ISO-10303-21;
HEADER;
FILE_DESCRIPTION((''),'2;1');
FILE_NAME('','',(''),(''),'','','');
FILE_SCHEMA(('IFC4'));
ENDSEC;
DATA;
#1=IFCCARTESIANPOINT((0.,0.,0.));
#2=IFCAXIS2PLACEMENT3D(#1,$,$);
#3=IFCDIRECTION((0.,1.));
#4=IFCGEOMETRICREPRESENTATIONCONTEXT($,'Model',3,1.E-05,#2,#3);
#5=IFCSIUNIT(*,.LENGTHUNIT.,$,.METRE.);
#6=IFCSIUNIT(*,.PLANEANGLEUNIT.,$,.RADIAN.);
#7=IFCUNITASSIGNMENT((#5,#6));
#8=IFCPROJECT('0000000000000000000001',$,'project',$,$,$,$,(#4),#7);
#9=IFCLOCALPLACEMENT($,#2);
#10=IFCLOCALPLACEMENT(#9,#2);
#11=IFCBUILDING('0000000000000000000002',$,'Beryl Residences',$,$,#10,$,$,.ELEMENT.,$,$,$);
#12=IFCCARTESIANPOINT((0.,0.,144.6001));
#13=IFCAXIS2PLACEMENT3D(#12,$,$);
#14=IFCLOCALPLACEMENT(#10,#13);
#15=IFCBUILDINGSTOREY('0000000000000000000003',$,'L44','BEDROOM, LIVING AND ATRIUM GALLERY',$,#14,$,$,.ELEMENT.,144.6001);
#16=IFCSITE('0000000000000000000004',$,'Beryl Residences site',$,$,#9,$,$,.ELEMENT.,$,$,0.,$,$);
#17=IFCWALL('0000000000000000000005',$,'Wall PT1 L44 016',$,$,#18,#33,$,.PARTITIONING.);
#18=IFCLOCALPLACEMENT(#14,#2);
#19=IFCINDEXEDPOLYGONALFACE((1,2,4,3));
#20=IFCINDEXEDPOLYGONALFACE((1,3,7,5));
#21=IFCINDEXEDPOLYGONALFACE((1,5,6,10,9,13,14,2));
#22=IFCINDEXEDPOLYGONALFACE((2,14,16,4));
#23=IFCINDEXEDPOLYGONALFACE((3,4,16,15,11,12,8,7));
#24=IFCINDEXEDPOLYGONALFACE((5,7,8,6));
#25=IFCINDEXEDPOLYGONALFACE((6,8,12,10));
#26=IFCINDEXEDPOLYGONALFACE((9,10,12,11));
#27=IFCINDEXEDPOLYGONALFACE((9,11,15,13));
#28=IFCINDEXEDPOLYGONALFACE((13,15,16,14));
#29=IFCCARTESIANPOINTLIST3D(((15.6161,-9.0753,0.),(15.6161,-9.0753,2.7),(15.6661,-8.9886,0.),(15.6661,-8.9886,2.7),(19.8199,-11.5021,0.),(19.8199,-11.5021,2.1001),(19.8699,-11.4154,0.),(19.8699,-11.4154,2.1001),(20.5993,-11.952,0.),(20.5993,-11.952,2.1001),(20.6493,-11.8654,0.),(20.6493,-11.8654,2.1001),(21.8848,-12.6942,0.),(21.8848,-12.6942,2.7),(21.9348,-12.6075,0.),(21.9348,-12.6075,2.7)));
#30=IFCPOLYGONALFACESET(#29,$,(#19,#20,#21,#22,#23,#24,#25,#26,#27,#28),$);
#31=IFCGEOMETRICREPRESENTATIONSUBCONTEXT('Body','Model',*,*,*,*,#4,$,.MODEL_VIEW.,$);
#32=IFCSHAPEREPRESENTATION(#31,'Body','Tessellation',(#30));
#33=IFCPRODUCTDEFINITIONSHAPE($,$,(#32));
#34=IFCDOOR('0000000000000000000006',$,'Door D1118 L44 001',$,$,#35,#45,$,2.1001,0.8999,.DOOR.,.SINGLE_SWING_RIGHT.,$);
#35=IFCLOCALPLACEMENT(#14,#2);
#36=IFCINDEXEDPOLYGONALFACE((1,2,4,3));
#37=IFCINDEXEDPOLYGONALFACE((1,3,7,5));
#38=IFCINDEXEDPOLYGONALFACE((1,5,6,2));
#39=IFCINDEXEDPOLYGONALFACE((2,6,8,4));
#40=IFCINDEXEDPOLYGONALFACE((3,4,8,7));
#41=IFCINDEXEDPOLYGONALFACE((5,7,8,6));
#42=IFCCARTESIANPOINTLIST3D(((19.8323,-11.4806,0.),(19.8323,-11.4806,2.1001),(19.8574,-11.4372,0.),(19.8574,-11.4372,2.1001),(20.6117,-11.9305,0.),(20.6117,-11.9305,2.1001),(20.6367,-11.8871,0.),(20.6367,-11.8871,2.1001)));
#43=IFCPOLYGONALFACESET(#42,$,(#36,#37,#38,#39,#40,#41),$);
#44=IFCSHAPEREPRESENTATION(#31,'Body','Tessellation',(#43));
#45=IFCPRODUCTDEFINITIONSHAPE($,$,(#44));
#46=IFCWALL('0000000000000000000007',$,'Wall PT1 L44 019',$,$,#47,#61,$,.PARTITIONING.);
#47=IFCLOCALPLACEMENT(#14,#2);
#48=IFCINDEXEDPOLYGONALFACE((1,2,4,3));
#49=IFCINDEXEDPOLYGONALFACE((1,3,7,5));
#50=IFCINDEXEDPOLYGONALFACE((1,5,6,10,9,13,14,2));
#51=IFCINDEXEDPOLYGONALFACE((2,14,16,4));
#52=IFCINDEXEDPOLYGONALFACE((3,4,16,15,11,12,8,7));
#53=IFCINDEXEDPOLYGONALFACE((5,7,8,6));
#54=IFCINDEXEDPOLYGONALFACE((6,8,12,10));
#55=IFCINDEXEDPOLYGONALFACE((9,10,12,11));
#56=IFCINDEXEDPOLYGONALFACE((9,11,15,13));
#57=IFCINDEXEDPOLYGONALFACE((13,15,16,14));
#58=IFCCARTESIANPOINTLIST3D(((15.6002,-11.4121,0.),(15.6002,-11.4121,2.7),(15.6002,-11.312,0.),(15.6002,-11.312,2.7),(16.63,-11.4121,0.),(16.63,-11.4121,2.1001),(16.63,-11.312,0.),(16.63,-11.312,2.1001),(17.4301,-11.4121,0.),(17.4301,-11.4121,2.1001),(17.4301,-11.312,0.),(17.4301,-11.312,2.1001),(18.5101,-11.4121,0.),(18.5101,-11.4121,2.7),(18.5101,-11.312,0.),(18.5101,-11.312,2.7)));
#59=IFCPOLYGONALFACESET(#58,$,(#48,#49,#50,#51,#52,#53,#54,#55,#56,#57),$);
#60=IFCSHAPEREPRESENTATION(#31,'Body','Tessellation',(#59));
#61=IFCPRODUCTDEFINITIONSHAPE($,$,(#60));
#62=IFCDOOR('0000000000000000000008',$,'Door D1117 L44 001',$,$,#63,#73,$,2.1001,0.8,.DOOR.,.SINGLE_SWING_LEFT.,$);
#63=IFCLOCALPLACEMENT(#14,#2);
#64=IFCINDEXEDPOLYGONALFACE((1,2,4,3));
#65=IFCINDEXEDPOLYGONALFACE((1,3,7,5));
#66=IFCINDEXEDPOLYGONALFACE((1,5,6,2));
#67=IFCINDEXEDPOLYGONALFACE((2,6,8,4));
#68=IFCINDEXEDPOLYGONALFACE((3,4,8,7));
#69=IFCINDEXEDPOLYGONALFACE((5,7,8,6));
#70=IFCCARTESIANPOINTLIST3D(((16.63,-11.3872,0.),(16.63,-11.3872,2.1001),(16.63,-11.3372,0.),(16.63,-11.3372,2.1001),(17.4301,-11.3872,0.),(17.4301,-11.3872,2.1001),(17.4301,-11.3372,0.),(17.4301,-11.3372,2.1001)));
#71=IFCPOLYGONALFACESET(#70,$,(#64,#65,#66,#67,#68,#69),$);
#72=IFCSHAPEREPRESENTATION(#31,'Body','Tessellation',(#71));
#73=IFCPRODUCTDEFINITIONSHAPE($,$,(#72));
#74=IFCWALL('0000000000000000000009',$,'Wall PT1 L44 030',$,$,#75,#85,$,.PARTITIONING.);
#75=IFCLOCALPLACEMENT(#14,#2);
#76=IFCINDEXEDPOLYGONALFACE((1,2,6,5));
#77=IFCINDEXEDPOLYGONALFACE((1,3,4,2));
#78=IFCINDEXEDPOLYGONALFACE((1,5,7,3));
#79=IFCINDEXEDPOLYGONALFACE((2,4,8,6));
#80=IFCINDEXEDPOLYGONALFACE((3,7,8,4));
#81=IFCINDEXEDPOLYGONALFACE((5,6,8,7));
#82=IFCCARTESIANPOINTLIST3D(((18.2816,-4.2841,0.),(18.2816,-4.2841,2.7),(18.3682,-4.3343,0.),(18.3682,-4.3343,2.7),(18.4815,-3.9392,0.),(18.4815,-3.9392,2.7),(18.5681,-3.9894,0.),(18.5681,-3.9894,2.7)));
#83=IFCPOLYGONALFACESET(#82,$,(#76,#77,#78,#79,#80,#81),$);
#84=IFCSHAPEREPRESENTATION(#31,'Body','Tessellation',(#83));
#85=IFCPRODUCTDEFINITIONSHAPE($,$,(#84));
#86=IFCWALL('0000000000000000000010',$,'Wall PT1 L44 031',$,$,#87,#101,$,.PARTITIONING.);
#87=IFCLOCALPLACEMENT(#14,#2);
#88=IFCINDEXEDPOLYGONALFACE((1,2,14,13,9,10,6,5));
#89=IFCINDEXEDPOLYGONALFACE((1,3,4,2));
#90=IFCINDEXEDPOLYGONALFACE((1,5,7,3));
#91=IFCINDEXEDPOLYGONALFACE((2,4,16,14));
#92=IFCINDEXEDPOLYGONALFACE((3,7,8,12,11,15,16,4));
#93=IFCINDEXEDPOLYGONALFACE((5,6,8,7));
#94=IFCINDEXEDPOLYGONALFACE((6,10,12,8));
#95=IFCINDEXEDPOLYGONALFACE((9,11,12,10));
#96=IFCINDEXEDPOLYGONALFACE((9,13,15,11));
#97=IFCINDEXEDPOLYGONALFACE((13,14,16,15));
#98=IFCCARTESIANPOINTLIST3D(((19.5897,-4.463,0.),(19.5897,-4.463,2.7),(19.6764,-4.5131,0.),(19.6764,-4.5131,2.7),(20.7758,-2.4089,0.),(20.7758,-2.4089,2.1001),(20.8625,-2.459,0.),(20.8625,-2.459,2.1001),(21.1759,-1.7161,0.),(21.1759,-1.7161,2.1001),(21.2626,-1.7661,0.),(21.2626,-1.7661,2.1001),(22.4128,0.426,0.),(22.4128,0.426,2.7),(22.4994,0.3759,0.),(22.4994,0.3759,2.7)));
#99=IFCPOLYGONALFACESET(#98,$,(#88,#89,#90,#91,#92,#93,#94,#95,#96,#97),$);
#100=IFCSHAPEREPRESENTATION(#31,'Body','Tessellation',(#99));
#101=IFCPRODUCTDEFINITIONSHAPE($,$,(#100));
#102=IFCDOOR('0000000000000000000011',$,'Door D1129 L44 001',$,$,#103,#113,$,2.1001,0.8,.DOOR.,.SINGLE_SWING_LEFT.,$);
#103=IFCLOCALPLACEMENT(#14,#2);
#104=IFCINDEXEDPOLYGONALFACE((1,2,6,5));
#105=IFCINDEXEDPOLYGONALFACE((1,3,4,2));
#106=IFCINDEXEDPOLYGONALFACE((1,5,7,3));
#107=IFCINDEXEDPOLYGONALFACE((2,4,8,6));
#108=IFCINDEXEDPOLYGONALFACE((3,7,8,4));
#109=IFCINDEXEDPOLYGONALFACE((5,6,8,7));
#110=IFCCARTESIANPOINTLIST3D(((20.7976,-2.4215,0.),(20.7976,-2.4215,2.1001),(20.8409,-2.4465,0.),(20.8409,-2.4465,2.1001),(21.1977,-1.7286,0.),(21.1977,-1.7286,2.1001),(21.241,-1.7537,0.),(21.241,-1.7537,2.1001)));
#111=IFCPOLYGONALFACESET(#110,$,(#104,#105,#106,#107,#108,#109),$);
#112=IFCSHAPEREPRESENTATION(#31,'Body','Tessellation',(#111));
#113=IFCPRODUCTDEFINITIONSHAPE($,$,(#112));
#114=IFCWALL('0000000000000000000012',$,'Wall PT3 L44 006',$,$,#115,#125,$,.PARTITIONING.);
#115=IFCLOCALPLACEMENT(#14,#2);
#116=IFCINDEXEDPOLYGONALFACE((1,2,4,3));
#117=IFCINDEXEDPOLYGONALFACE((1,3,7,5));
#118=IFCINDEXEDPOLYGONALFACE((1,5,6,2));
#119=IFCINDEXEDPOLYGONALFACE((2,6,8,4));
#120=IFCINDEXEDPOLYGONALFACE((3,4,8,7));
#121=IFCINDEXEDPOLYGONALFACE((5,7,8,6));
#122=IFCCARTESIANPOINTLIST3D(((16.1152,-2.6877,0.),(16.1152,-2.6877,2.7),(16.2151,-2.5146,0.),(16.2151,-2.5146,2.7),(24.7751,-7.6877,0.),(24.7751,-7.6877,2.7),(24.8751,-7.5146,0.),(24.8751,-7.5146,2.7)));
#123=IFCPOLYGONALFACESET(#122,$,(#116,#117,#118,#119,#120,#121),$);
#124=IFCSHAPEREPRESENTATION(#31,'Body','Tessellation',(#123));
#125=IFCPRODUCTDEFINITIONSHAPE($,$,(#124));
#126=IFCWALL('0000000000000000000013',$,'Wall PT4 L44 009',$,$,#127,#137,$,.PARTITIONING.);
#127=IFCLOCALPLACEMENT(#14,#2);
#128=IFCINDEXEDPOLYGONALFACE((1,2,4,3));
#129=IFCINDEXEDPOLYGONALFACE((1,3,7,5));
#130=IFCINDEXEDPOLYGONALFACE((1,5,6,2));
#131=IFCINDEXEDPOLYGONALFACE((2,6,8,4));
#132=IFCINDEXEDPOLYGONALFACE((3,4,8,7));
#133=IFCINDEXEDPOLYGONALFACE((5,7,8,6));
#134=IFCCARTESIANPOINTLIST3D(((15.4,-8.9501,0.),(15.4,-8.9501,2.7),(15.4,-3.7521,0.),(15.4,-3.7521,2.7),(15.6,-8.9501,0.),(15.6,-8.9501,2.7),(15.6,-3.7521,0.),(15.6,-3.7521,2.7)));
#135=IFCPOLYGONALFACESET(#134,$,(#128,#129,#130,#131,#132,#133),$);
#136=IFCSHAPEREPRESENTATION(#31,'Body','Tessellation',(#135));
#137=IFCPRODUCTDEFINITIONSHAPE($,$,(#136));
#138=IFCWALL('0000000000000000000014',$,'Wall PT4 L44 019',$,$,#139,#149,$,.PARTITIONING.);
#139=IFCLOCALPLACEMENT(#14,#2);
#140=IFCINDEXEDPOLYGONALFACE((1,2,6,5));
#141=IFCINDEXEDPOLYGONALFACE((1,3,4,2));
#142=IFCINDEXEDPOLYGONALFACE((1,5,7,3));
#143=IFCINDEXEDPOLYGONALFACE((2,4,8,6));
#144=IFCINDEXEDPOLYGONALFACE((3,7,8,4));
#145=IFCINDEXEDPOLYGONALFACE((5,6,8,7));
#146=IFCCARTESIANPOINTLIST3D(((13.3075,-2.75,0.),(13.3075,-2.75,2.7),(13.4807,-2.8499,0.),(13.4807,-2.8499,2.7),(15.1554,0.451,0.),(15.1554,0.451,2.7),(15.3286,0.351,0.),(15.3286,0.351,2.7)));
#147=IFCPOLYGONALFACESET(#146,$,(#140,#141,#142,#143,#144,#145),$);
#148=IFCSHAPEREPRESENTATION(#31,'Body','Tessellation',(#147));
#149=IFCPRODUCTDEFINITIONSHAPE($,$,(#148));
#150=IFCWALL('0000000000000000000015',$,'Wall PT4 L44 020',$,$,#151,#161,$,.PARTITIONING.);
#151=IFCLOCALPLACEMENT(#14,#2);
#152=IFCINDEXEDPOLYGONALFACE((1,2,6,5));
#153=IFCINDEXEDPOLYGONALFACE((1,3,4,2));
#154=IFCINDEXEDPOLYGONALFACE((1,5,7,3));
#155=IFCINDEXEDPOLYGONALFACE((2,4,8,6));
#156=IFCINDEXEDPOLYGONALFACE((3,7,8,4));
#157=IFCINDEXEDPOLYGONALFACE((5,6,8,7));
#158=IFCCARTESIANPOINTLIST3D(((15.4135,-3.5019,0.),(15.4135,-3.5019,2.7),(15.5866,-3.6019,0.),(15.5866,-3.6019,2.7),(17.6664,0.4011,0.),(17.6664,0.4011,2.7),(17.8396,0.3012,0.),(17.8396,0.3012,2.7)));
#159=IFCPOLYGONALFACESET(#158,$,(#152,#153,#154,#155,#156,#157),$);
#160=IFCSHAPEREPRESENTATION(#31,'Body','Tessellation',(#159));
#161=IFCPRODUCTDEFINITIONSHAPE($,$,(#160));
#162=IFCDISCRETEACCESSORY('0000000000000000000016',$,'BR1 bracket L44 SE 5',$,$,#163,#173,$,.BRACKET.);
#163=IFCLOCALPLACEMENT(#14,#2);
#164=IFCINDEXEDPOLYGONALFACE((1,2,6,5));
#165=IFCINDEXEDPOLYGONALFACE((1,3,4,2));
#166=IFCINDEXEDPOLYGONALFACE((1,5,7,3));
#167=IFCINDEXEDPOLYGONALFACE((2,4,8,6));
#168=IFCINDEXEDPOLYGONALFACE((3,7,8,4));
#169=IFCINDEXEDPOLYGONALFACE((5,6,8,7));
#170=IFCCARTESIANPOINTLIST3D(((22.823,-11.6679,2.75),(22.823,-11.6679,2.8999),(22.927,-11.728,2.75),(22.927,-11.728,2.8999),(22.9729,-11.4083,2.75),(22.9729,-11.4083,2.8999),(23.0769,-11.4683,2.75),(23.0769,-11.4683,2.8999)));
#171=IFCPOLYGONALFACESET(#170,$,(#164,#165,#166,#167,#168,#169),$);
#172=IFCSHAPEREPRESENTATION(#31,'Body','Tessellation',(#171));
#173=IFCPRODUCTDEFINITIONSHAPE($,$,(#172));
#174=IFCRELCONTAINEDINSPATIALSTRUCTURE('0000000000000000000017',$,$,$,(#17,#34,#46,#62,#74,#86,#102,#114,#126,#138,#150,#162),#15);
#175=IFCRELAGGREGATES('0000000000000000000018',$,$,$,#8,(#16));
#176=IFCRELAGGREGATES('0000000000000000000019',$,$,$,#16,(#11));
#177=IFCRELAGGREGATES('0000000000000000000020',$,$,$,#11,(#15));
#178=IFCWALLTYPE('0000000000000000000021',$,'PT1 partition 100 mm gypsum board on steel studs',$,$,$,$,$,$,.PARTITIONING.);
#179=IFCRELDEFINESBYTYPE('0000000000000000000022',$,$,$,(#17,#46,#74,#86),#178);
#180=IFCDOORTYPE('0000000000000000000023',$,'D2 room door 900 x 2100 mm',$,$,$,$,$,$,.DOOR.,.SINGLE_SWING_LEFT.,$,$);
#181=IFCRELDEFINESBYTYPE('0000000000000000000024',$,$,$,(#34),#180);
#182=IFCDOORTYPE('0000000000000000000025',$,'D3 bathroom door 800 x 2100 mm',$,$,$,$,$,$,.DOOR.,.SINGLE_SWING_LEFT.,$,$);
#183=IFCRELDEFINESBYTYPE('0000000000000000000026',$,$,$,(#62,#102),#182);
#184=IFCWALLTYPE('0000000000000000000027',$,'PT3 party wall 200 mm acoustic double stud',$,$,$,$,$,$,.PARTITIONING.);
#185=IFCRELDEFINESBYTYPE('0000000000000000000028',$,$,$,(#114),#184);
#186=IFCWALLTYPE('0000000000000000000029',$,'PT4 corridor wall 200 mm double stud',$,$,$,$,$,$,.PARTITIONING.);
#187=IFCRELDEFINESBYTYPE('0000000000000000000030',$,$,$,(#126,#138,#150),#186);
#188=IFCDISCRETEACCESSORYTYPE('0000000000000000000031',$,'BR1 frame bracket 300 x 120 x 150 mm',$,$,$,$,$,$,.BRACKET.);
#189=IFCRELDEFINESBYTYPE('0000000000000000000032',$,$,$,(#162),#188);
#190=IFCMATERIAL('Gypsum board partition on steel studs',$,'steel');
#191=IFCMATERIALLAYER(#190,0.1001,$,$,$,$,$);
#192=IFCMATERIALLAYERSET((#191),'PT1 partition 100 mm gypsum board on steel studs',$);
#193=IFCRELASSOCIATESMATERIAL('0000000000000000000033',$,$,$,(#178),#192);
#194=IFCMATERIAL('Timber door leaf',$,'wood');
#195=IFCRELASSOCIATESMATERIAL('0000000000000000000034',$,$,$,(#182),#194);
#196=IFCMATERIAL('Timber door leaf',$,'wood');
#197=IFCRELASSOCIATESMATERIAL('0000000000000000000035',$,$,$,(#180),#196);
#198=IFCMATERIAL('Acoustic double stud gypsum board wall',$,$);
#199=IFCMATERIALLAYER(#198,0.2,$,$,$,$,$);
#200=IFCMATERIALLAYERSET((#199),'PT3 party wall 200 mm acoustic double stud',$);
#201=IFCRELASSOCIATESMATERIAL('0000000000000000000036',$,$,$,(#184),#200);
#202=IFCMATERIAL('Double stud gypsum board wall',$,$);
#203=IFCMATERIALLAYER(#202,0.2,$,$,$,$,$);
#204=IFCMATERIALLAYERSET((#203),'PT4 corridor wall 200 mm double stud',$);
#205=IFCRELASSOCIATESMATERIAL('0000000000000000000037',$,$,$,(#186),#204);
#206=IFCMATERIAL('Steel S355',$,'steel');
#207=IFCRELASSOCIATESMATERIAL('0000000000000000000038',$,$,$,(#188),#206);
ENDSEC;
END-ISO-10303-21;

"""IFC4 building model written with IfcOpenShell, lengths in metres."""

from ifc_helpers import new_model, si_unit, direction, frame, frame_2d, origin, place, context, subcontext, project, spatial, polyline, rectangle, outline, extrude, source, transform, mapped, material, layer, layer_set, type_object, type_shapes, element, fill, save


model = new_model("IFC4")

# Units and contexts
model_context = context("Model", 3, precision=1e-05, world=origin(), true_north=direction((0.0, 1.0)))
body_context = subcontext(model_context, "Body", "Model", "MODEL_VIEW")
ifc_project = project(units=[si_unit("LENGTHUNIT", "METRE"), si_unit("PLANEANGLEUNIT", "RADIAN")], contexts=[model_context])

# Site, building, storey
site_placement = place(None, origin())
site = spatial("IfcSite", under=ifc_project, at=site_placement, Name="Beryl Residences site", CompositionType="ELEMENT", RefElevation=0.0)
building_placement = place(site_placement, origin())
building = spatial("IfcBuilding", under=site, at=building_placement, Name="Beryl Residences", CompositionType="ELEMENT")
storey_placement = place(building_placement, frame((0.0, 0.0, 144.6001)))
storey = spatial("IfcBuildingStorey", under=building, at=storey_placement, Name="L44", Description="BEDROOM, LIVING AND ATRIUM GALLERY", CompositionType="ELEMENT", Elevation=144.6001)

# Walls, openings, doors
ifc_material_1 = material(Name="Gypsum board partition on steel studs", Category="steel")
ifc_layer_1 = layer(ifc_material_1, 0.1001)
ifc_layer_set_1 = layer_set([ifc_layer_1], Name="PT1 partition 100 mm gypsum board on steel studs")
wall_type_1 = type_object("IfcWallType", Name="PT1 partition 100 mm gypsum board on steel studs", PredefinedType="PARTITIONING", material=ifc_layer_set_1)
ifc_material_2 = material(Name="Timber door leaf", Category="wood")
door_type_1 = type_object("IfcDoorType", Name="D3 bathroom door 800 x 2100 mm", OperationType="SINGLE_SWING_LEFT", PredefinedType="DOOR", material=ifc_material_2)
wall_1_placement = place(storey_placement, frame((15.6411, -9.032, 0.0), z_axis=(0.0, 0.0, 1.0), x_axis=(0.866049, -0.499959, 0.0)))
wall_1 = element("IfcWall", 1, at=wall_1_placement, inside=storey, type_object=wall_type_1, Name="Wall PT1 L44 016", PredefinedType="PARTITIONING", context=body_context, shape_type="SweptSolid", body=[
    extrude(rectangle(XDim=7.2383, YDim=0.1001, at=frame_2d((3.6191, 0.0))), origin(), (0.0, 0.0, 1.0), 2.7),
])
opening_1_placement = place(wall_1_placement, frame((4.854, 0.0, 0.0)))
opening_1 = element("IfcOpeningElement", 2, at=opening_1_placement, cuts=wall_1, PredefinedType="OPENING", context=body_context, shape_type="SweptSolid", body=[
    extrude(rectangle(XDim=0.8999, YDim=2.1001, at=frame_2d((0.45, 1.05))), frame((0.0, 0.0601, 0.0), z_axis=(0.0, -1.0, 0.0), x_axis=(1.0, 0.0, 0.0)), (0.0, 0.0, 1.0), 0.1201),
])
ifc_material_3 = material(Name="Timber door leaf", Category="wood")
door_type_2 = type_object("IfcDoorType", Name="D2 room door 900 x 2100 mm", OperationType="SINGLE_SWING_LEFT", PredefinedType="DOOR", material=ifc_material_3)
door_1_placement = place(opening_1_placement, origin())
door_1 = element("IfcDoor", 3, at=door_1_placement, inside=storey, type_object=door_type_2, Name="Door D1118 L44 001", OperationType="SINGLE_SWING_RIGHT", OverallHeight=2.1001, OverallWidth=0.8999, PredefinedType="DOOR", context=body_context, shape_type="SweptSolid", body=[
    extrude(rectangle(XDim=0.8999, YDim=2.1001, at=frame_2d((0.45, 1.05))), frame((0.0, 0.0249, 0.0), z_axis=(0.0, -1.0, 0.0), x_axis=(1.0, 0.0, 0.0)), (0.0, 0.0, 1.0), 0.05),
])
fill(opening_1, door_1)
wall_2_placement = place(storey_placement, frame((15.6001, -11.3621, 0.0), z_axis=(0.0, 0.0, 1.0), x_axis=(1.0, 0.0, 0.0)))
wall_2 = element("IfcWall", 4, at=wall_2_placement, inside=storey, type_object=wall_type_1, Name="Wall PT1 L44 019", PredefinedType="PARTITIONING", context=body_context, shape_type="SweptSolid", body=[
    extrude(rectangle(XDim=2.9099, YDim=0.1001, at=frame_2d((1.4551, 0.0))), origin(), (0.0, 0.0, 1.0), 2.7),
])
opening_2_placement = place(wall_2_placement, frame((1.03, 0.0, 0.0)))
opening_2 = element("IfcOpeningElement", 5, at=opening_2_placement, cuts=wall_2, PredefinedType="OPENING", context=body_context, shape_type="SweptSolid", body=[
    extrude(rectangle(XDim=0.8, YDim=2.1001, at=frame_2d((0.3999, 1.05))), frame((0.0, 0.0601, 0.0), z_axis=(0.0, -1.0, 0.0), x_axis=(1.0, 0.0, 0.0)), (0.0, 0.0, 1.0), 0.1201),
])
door_2_placement = place(opening_2_placement, origin())
door_2 = element("IfcDoor", 6, at=door_2_placement, inside=storey, type_object=door_type_1, Name="Door D1117 L44 001", OperationType="SINGLE_SWING_LEFT", OverallHeight=2.1001, OverallWidth=0.8, PredefinedType="DOOR", context=body_context, shape_type="SweptSolid", body=[
    extrude(rectangle(XDim=0.8, YDim=2.1001, at=frame_2d((0.3999, 1.05))), frame((0.0, 0.0249, 0.0), z_axis=(0.0, -1.0, 0.0), x_axis=(1.0, 0.0, 0.0)), (0.0, 0.0, 1.0), 0.05),
])
fill(opening_2, door_2)

# Wall
wall_3_placement = place(storey_placement, frame((18.325, -4.3091, 0.0), z_axis=(0.0, 0.0, 1.0), x_axis=(0.501471, 0.865175, 0.0)))
element("IfcWall", 7, at=wall_3_placement, inside=storey, type_object=wall_type_1, Name="Wall PT1 L44 030", PredefinedType="PARTITIONING", context=body_context, shape_type="SweptSolid", body=[
    extrude(rectangle(XDim=0.3987, YDim=0.1001, at=frame_2d((0.1992, 0.0))), origin(), (0.0, 0.0, 1.0), 2.7),
])

# Wall, opening, door
wall_4_placement = place(storey_placement, frame((19.6331, -4.488, 0.0), z_axis=(0.0, 0.0, 1.0), x_axis=(0.500051, 0.865996, 0.0)))
wall_4 = element("IfcWall", 8, at=wall_4_placement, inside=storey, type_object=wall_type_1, Name="Wall PT1 L44 031", PredefinedType="PARTITIONING", context=body_context, shape_type="SweptSolid", body=[
    extrude(rectangle(XDim=5.6455, YDim=0.1001, at=frame_2d((2.8228, 0.0))), origin(), (0.0, 0.0, 1.0), 2.7),
])
opening_3_placement = place(wall_4_placement, frame((2.3721, 0.0, 0.0)))
opening_3 = element("IfcOpeningElement", 9, at=opening_3_placement, cuts=wall_4, PredefinedType="OPENING", context=body_context, shape_type="SweptSolid", body=[
    extrude(rectangle(XDim=0.8, YDim=2.1001, at=frame_2d((0.3999, 1.05))), frame((0.0, 0.0601, 0.0), z_axis=(0.0, -1.0, 0.0), x_axis=(1.0, 0.0, 0.0)), (0.0, 0.0, 1.0), 0.1201),
])
door_3_placement = place(opening_3_placement, origin())
door_3 = element("IfcDoor", 10, at=door_3_placement, inside=storey, type_object=door_type_1, Name="Door D1129 L44 001", OperationType="SINGLE_SWING_LEFT", OverallHeight=2.1001, OverallWidth=0.8, PredefinedType="DOOR", context=body_context, shape_type="SweptSolid", body=[
    extrude(rectangle(XDim=0.8, YDim=2.1001, at=frame_2d((0.3999, 1.05))), frame((0.0, 0.0249, 0.0), z_axis=(0.0, -1.0, 0.0), x_axis=(1.0, 0.0, 0.0)), (0.0, 0.0, 1.0), 0.05),
])
fill(opening_3, door_3)

# Walls
ifc_material_4 = material(Name="Acoustic double stud gypsum board wall")
ifc_layer_2 = layer(ifc_material_4, 0.2)
ifc_layer_set_2 = layer_set([ifc_layer_2], Name="PT3 party wall 200 mm acoustic double stud")
wall_type_2 = type_object("IfcWallType", Name="PT3 party wall 200 mm acoustic double stud", PredefinedType="PARTITIONING", material=ifc_layer_set_2)
wall_5_placement = place(storey_placement, frame((16.165, -2.6011, 0.0), z_axis=(0.0, 0.0, 1.0), x_axis=(0.866017, -0.500015, 0.0)))
element("IfcWall", 11, at=wall_5_placement, inside=storey, type_object=wall_type_2, Name="Wall PT3 L44 006", PredefinedType="PARTITIONING", context=body_context, shape_type="SweptSolid", body=[
    extrude(rectangle(XDim=9.9998, YDim=0.2, at=frame_2d((5.0, 0.0))), origin(), (0.0, 0.0, 1.0), 2.7),
])
ifc_material_5 = material(Name="Double stud gypsum board wall")
ifc_layer_3 = layer(ifc_material_5, 0.2)
ifc_layer_set_3 = layer_set([ifc_layer_3], Name="PT4 corridor wall 200 mm double stud")
wall_type_3 = type_object("IfcWallType", Name="PT4 corridor wall 200 mm double stud", PredefinedType="PARTITIONING", material=ifc_layer_set_3)
wall_6_placement = place(storey_placement, frame((15.5, -3.752, 0.0), z_axis=(0.0, 0.0, 1.0), x_axis=(0.0, -1.0, 0.0)))
element("IfcWall", 12, at=wall_6_placement, inside=storey, type_object=wall_type_3, Name="Wall PT4 L44 009", PredefinedType="PARTITIONING", context=body_context, shape_type="SweptSolid", body=[
    extrude(rectangle(XDim=5.198, YDim=0.2, at=frame_2d((2.5991, 0.0))), origin(), (0.0, 0.0, 1.0), 2.7),
])
wall_7_placement = place(storey_placement, frame((13.394, -2.8, 0.0), z_axis=(0.0, 0.0, 1.0), x_axis=(0.499968, 0.866044, 0.0)))
element("IfcWall", 13, at=wall_7_placement, inside=storey, type_object=wall_type_3, Name="Wall PT4 L44 019", PredefinedType="PARTITIONING", context=body_context, shape_type="SweptSolid", body=[
    extrude(rectangle(XDim=3.696, YDim=0.2, at=frame_2d((1.8481, 0.0))), origin(), (0.0, 0.0, 1.0), 2.7),
])
wall_8_placement = place(storey_placement, frame((15.5, -3.552, 0.0), z_axis=(0.0, 0.0, 1.0), x_axis=(0.499915, 0.866075, 0.0)))
element("IfcWall", 14, at=wall_8_placement, inside=storey, type_object=wall_type_3, Name="Wall PT4 L44 020", PredefinedType="PARTITIONING", context=body_context, shape_type="SweptSolid", body=[
    extrude(rectangle(XDim=4.5066, YDim=0.2, at=frame_2d((2.2534, 0.0))), origin(), (0.0, 0.0, 1.0), 2.7),
])

# Discrete accessory
ifc_material_6 = material(Name="Steel S355", Category="steel")
discrete_accessory_type = type_object("IfcDiscreteAccessoryType", Name="BR1 frame bracket 300 x 120 x 150 mm", PredefinedType="BRACKET", material=ifc_material_6)
shared_shape_1 = source(origin(), body_context, "Body", "SweptSolid", [
    extrude(outline(polyline([(-0.1499, 0.0), (0.1499, 0.0), (0.1499, 0.1201), (-0.1499, 0.1201), (-0.1499, 0.0)])), origin(), (0.0, 0.0, 1.0), 0.1499),
])
type_shapes(discrete_accessory_type, [shared_shape_1])
discrete_accessory_placement = place(storey_placement, frame((22.8979, -11.5381, 2.75), z_axis=(0.0, 0.0, 1.0), x_axis=(-0.5, -0.866025, 0.0)))
element("IfcDiscreteAccessory", 15, at=discrete_accessory_placement, inside=storey, type_object=discrete_accessory_type, Name="BR1 bracket L44 SE 5", PredefinedType="BRACKET", context=body_context, shape_type="MappedRepresentation", body=[
    mapped(shared_shape_1, transform((0.0, 0.0, 0.0))),
])

save(model, "model.ifc")
